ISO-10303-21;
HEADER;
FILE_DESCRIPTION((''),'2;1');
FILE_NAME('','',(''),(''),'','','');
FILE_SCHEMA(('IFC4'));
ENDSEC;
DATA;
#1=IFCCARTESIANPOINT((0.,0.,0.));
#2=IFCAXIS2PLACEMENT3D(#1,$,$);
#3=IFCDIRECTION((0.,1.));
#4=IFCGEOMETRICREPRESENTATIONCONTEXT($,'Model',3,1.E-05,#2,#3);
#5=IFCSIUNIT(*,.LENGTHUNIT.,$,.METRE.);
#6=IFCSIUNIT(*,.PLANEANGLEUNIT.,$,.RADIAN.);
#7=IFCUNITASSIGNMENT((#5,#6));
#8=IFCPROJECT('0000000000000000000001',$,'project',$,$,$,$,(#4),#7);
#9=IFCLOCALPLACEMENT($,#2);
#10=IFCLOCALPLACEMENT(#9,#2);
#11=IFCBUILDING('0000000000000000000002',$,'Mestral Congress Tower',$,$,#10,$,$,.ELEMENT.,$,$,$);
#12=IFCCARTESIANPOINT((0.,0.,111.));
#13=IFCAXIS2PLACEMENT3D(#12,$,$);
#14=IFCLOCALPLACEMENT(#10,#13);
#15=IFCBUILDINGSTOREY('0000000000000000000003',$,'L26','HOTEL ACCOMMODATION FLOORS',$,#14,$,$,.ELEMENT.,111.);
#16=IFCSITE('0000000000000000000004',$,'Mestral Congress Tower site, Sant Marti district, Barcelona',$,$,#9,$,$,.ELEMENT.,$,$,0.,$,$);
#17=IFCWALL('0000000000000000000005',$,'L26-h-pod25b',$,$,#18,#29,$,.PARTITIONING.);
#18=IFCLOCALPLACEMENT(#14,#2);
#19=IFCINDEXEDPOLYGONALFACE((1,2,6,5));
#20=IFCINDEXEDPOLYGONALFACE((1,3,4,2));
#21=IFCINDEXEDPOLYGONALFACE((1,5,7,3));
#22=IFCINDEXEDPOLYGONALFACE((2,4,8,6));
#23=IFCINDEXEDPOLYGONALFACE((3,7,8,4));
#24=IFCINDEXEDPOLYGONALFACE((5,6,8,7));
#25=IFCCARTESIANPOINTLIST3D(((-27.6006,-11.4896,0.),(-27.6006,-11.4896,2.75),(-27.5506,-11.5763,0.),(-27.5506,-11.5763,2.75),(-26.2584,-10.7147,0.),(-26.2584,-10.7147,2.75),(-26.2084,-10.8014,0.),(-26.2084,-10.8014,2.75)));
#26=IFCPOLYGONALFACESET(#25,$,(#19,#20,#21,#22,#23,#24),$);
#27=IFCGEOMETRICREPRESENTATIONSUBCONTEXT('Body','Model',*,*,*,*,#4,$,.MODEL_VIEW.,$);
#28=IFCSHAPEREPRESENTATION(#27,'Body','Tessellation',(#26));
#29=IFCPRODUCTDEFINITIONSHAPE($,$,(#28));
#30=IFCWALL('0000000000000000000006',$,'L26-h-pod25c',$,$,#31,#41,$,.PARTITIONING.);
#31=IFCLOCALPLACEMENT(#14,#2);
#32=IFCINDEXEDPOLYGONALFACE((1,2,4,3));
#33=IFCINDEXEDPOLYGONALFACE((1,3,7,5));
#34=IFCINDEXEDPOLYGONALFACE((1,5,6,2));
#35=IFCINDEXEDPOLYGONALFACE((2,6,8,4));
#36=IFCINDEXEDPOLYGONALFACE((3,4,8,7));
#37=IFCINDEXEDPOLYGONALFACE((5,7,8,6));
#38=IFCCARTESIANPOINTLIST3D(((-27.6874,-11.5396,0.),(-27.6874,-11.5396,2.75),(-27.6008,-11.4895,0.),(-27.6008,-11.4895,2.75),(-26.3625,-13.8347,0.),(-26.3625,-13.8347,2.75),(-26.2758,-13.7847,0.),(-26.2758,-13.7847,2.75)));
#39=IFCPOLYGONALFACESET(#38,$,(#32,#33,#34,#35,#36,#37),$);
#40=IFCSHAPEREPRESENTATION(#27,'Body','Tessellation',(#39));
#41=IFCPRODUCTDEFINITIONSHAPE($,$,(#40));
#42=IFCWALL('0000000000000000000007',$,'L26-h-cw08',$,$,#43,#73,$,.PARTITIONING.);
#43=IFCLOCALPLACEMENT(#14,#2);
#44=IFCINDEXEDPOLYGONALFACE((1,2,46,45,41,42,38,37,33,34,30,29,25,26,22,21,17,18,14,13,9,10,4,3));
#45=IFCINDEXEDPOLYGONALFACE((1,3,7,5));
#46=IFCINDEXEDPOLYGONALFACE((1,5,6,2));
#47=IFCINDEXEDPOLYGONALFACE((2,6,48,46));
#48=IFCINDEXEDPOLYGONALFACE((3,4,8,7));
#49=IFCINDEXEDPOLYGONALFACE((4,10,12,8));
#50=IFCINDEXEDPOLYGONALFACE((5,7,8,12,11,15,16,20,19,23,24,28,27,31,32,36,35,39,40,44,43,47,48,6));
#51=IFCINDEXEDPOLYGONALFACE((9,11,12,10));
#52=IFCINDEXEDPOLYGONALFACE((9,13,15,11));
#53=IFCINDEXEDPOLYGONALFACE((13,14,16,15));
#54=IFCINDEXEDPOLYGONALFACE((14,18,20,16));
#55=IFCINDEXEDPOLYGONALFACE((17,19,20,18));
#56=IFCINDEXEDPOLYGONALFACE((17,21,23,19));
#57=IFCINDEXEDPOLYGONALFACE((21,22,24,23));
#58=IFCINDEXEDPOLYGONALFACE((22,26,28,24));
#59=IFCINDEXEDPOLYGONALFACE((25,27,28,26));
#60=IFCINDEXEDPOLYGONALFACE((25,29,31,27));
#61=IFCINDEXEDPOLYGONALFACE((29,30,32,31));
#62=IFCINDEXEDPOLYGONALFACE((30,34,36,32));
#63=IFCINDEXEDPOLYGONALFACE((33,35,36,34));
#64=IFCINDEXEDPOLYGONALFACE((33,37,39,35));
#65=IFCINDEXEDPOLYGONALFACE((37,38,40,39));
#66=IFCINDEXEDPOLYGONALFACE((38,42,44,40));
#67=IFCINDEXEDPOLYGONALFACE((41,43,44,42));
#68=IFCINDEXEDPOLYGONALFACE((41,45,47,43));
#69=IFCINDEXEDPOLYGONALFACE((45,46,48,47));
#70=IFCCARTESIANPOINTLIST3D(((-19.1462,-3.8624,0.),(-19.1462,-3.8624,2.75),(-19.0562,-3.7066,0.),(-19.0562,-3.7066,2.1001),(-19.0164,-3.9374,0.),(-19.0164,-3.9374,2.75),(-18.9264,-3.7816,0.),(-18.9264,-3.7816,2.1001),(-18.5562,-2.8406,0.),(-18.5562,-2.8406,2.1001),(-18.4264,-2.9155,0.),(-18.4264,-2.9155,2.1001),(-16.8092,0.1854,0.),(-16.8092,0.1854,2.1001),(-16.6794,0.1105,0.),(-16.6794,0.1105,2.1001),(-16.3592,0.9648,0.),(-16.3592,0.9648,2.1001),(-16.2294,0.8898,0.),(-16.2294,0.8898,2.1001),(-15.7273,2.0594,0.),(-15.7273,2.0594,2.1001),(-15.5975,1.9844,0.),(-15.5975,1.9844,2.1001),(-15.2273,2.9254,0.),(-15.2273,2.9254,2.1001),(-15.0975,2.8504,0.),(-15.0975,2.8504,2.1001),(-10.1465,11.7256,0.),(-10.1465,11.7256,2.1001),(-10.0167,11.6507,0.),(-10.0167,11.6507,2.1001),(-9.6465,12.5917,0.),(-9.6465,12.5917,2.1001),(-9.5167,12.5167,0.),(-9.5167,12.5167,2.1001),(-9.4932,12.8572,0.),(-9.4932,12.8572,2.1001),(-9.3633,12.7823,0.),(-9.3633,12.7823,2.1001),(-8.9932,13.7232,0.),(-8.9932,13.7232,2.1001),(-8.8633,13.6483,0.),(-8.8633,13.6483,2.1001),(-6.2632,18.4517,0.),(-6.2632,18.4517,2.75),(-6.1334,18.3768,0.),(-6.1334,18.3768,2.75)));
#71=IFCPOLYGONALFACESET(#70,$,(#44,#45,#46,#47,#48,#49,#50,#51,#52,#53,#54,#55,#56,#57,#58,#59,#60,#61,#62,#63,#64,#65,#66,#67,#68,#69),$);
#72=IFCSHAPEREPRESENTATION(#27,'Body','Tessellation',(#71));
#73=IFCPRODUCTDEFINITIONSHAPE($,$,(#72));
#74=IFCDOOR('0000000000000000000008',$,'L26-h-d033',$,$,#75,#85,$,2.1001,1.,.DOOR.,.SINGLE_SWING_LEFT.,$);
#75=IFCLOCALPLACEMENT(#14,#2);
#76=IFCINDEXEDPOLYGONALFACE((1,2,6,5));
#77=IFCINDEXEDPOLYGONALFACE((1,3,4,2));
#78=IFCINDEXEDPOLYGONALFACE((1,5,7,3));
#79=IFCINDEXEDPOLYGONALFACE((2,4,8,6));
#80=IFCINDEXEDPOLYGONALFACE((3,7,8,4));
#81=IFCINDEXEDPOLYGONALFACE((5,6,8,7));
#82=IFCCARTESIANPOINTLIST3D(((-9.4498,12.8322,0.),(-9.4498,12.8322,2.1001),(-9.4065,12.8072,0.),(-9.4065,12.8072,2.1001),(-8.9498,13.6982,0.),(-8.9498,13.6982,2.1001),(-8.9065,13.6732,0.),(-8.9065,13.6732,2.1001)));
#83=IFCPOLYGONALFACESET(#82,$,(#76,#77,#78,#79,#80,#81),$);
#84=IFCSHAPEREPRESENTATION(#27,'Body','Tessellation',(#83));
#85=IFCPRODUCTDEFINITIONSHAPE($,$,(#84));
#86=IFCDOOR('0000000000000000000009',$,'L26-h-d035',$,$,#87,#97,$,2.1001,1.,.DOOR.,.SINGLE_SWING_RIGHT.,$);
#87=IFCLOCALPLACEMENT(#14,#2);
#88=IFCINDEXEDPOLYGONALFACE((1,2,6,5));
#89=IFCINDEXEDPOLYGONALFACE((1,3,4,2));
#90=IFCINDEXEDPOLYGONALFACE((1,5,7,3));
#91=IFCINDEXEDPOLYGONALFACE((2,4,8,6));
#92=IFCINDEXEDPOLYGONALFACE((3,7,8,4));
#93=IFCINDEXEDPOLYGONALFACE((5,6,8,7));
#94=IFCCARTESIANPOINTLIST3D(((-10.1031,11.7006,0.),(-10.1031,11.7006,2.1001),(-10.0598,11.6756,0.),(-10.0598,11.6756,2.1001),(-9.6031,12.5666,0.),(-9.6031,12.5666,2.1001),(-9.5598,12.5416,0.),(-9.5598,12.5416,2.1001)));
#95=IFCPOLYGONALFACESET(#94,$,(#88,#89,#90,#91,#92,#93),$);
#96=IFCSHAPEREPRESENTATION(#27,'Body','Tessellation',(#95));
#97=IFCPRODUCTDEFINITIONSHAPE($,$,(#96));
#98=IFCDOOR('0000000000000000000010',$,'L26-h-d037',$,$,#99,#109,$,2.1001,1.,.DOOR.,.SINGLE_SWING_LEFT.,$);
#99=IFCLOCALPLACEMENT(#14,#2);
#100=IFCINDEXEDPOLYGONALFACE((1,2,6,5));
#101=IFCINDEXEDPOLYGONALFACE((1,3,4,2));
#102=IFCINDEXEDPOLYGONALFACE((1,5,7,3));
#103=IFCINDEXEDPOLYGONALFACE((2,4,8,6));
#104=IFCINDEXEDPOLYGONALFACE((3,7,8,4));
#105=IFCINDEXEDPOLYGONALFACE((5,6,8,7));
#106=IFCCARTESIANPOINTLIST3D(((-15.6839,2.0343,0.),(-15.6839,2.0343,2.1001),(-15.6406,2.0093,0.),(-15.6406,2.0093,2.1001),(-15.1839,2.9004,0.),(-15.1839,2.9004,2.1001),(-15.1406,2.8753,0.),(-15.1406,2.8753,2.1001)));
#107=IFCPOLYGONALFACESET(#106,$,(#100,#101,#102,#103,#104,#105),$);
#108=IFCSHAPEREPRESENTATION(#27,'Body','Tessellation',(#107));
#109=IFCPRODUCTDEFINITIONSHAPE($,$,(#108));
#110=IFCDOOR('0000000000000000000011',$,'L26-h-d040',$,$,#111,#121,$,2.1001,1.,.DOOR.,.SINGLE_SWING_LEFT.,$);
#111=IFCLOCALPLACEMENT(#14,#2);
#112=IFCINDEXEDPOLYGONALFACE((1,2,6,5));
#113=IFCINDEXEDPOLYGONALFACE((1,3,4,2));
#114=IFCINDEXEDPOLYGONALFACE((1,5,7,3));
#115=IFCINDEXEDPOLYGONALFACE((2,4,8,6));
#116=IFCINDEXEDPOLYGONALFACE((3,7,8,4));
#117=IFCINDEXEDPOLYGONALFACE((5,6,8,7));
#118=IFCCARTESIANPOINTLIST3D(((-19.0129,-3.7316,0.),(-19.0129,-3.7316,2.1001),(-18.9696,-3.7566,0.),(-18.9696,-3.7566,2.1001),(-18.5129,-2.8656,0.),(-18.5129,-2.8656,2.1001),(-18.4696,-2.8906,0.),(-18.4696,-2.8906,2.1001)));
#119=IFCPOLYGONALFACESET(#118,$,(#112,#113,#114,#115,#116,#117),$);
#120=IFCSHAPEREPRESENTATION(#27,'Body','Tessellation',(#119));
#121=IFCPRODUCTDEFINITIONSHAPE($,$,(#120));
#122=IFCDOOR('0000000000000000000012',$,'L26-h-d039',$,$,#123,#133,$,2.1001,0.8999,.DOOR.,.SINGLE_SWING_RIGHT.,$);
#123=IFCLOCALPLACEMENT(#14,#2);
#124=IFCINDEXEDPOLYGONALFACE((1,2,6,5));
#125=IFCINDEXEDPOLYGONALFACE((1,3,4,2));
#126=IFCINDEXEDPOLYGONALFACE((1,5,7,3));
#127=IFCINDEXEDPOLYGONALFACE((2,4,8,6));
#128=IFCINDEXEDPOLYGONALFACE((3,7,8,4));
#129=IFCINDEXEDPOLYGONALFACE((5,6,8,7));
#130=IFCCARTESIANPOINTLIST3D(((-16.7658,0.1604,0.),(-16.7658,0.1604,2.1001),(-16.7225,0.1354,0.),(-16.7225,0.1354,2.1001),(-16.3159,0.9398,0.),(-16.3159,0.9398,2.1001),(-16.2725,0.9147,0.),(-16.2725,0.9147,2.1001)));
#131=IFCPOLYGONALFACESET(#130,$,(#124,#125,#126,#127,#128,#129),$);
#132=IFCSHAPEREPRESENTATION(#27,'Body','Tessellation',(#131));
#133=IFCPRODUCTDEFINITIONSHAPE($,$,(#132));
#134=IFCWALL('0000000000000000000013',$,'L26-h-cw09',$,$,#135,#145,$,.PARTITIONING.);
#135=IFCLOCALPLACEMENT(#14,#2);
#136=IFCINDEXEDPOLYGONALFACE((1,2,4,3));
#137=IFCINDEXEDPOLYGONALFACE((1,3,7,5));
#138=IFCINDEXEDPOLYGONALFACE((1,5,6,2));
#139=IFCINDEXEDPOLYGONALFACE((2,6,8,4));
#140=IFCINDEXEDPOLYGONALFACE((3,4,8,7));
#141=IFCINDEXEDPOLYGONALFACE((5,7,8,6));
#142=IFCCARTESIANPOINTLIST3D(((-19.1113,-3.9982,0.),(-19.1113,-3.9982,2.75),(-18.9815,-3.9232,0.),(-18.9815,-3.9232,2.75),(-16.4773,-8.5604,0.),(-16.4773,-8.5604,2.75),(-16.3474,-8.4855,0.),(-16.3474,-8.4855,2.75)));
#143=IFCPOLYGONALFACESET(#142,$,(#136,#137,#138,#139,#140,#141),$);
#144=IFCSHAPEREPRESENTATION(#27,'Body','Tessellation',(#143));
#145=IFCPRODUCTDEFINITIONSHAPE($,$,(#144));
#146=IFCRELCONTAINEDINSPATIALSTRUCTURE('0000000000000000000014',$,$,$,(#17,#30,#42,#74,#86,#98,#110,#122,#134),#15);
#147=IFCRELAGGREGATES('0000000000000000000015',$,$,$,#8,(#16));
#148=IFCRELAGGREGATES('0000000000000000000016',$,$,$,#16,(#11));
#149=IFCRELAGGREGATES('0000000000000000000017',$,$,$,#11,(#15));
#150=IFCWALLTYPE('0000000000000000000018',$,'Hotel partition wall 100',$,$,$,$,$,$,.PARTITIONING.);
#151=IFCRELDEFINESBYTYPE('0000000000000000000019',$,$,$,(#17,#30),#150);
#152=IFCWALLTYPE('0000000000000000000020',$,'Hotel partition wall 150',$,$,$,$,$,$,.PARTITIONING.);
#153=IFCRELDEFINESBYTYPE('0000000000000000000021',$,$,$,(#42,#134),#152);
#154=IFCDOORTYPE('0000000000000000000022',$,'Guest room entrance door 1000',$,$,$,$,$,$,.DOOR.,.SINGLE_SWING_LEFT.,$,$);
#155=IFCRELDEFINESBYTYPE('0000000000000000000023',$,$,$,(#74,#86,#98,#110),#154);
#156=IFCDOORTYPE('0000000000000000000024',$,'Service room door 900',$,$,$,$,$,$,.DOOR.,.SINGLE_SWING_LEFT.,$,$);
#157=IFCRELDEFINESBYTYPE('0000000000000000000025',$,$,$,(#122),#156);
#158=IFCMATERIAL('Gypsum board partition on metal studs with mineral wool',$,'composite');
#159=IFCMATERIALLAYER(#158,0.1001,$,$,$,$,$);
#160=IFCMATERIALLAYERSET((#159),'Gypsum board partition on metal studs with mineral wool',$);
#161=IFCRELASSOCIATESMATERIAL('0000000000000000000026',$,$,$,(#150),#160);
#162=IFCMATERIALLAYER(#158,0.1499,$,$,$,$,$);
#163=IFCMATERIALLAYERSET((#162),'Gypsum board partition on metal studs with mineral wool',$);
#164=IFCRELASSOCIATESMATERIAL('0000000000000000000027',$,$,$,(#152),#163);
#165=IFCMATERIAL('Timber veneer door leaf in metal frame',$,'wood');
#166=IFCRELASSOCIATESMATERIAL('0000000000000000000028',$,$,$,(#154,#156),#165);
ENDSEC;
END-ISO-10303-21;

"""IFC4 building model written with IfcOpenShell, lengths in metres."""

from ifc_helpers import new_model, si_unit, direction, frame, frame_2d, origin, place, context, subcontext, project, spatial, rectangle, extrude, material, layer, layer_set, type_object, element, fill, save


model = new_model("IFC4")

# Units and contexts
model_context = context("Model", 3, precision=1e-05, world=origin(), true_north=direction((0.0, 1.0)))
body_context = subcontext(model_context, "Body", "Model", "MODEL_VIEW")
ifc_project = project(units=[si_unit("LENGTHUNIT", "METRE"), si_unit("PLANEANGLEUNIT", "RADIAN")], contexts=[model_context])

# Site, building, storey
site_placement = place(None, origin())
site = spatial("IfcSite", under=ifc_project, at=site_placement, Name="Mestral Congress Tower site, Sant Marti district, Barcelona", CompositionType="ELEMENT", RefElevation=0.0)
building_placement = place(site_placement, origin())
building = spatial("IfcBuilding", under=site, at=building_placement, Name="Mestral Congress Tower", CompositionType="ELEMENT")
storey_placement = place(building_placement, frame((0.0, 0.0, 111.0)))
storey = spatial("IfcBuildingStorey", under=building, at=storey_placement, Name="L26", Description="HOTEL ACCOMMODATION FLOORS", CompositionType="ELEMENT", Elevation=111.0)

# Shared definitions
ifc_material_1 = material(Name="Gypsum board partition on metal studs with mineral wool", Category="composite")
ifc_layer_1 = layer(ifc_material_1, 0.1001)
ifc_layer_set_1 = layer_set([ifc_layer_1], Name="Gypsum board partition on metal studs with mineral wool")
wall_type_1 = type_object("IfcWallType", Name="Hotel partition wall 100", PredefinedType="PARTITIONING", material=ifc_layer_set_1)

# Walls
wall_1_placement = place(storey_placement, frame((-26.2334, -10.7581, 0.0), z_axis=(0.0, 0.0, 1.0), x_axis=(-0.866044, -0.499968, 0.0)))
element("IfcWall", 1, at=wall_1_placement, inside=storey, type_object=wall_type_1, Name="L26-h-pod25b", PredefinedType="PARTITIONING", context=body_context, shape_type="SweptSolid", body=[
    extrude(rectangle(XDim=1.5498, YDim=0.1001, at=frame_2d((0.7749, 0.0))), origin(), (0.0, 0.0, 1.0), 2.75),
])
wall_2_placement = place(storey_placement, frame((-26.3191, -13.8098, 0.0), z_axis=(0.0, 0.0, 1.0), x_axis=(-0.499954, 0.866052, 0.0)))
element("IfcWall", 2, at=wall_2_placement, inside=storey, type_object=wall_type_1, Name="L26-h-pod25c", PredefinedType="PARTITIONING", context=body_context, shape_type="SweptSolid", body=[
    extrude(rectangle(XDim=2.6501, YDim=0.1001, at=frame_2d((1.3252, 0.0))), origin(), (0.0, 0.0, 1.0), 2.75),
])

# Wall, openings, doors
ifc_layer_2 = layer(ifc_material_1, 0.1499)
ifc_layer_set_2 = layer_set([ifc_layer_2], Name="Gypsum board partition on metal studs with mineral wool")
wall_type_2 = type_object("IfcWallType", Name="Hotel partition wall 150", PredefinedType="PARTITIONING", material=ifc_layer_set_2)
wall_3_placement = place(storey_placement, frame((-19.0813, -3.8999, 0.0), z_axis=(0.0, 0.0, 1.0), x_axis=(0.499998, 0.866026, 0.0)))
wall_3 = element("IfcWall", 3, at=wall_3_placement, inside=storey, type_object=wall_type_2, Name="L26-h-cw08", PredefinedType="PARTITIONING", context=body_context, shape_type="SweptSolid", body=[
    extrude(rectangle(XDim=25.7661, YDim=0.1499, at=frame_2d((12.8831, 0.0))), origin(), (0.0, 0.0, 1.0), 2.75),
])
opening_1_placement = place(wall_3_placement, frame((19.3062, 0.0, 0.0)))
opening_1 = element("IfcOpeningElement", 4, at=opening_1_placement, cuts=wall_3, PredefinedType="OPENING", context=body_context, shape_type="SweptSolid", body=[
    extrude(rectangle(XDim=1.0, YDim=2.1001, at=frame_2d((0.5, 1.05))), frame((0.0, 0.085, 0.0), z_axis=(0.0, -1.0, 0.0), x_axis=(1.0, 0.0, 0.0)), (0.0, 0.0, 1.0), 0.1699),
])
opening_2_placement = place(wall_3_placement, frame((17.9995, 0.0, 0.0)))
opening_2 = element("IfcOpeningElement", 5, at=opening_2_placement, cuts=wall_3, PredefinedType="OPENING", context=body_context, shape_type="SweptSolid", body=[
    extrude(rectangle(XDim=1.0, YDim=2.1001, at=frame_2d((0.5, 1.05))), frame((0.0, 0.085, 0.0), z_axis=(0.0, -1.0, 0.0), x_axis=(1.0, 0.0, 0.0)), (0.0, 0.0, 1.0), 0.1699),
])
opening_3_placement = place(wall_3_placement, frame((6.8379, 0.0, 0.0)))
opening_3 = element("IfcOpeningElement", 6, at=opening_3_placement, cuts=wall_3, PredefinedType="OPENING", context=body_context, shape_type="SweptSolid", body=[
    extrude(rectangle(XDim=1.0, YDim=2.1001, at=frame_2d((0.5, 1.05))), frame((0.0, 0.085, 0.0), z_axis=(0.0, -1.0, 0.0), x_axis=(1.0, 0.0, 0.0)), (0.0, 0.0, 1.0), 0.1699),
])
opening_4_placement = place(wall_3_placement, frame((4.6741, 0.0, 0.0)))
opening_4 = element("IfcOpeningElement", 7, at=opening_4_placement, cuts=wall_3, PredefinedType="OPENING", context=body_context, shape_type="SweptSolid", body=[
    extrude(rectangle(XDim=0.8999, YDim=2.1001, at=frame_2d((0.45, 1.05))), frame((0.0, 0.085, 0.0), z_axis=(0.0, -1.0, 0.0), x_axis=(1.0, 0.0, 0.0)), (0.0, 0.0, 1.0), 0.1699),
])
opening_5_placement = place(wall_3_placement, frame((0.1799, 0.0, 0.0)))
opening_5 = element("IfcOpeningElement", 8, at=opening_5_placement, cuts=wall_3, PredefinedType="OPENING", context=body_context, shape_type="SweptSolid", body=[
    extrude(rectangle(XDim=1.0, YDim=2.1001, at=frame_2d((0.5, 1.05))), frame((0.0, 0.085, 0.0), z_axis=(0.0, -1.0, 0.0), x_axis=(1.0, 0.0, 0.0)), (0.0, 0.0, 1.0), 0.1699),
])
ifc_material_2 = material(Name="Timber veneer door leaf in metal frame", Category="wood")
door_type_1 = type_object("IfcDoorType", Name="Guest room entrance door 1000", OperationType="SINGLE_SWING_LEFT", PredefinedType="DOOR", material=ifc_material_2)
door_1_placement = place(opening_1_placement, origin())
door_1 = element("IfcDoor", 9, at=door_1_placement, inside=storey, type_object=door_type_1, Name="L26-h-d033", OperationType="SINGLE_SWING_LEFT", OverallHeight=2.1001, OverallWidth=1.0, PredefinedType="DOOR", context=body_context, shape_type="SweptSolid", body=[
    extrude(rectangle(XDim=1.0, YDim=2.1001, at=frame_2d((0.5, 1.05))), frame((0.0, 0.0249, 0.0), z_axis=(0.0, -1.0, 0.0), x_axis=(1.0, 0.0, 0.0)), (0.0, 0.0, 1.0), 0.05),
])
fill(opening_1, door_1)
door_2_placement = place(opening_2_placement, origin())
door_2 = element("IfcDoor", 10, at=door_2_placement, inside=storey, type_object=door_type_1, Name="L26-h-d035", OperationType="SINGLE_SWING_RIGHT", OverallHeight=2.1001, OverallWidth=1.0, PredefinedType="DOOR", context=body_context, shape_type="SweptSolid", body=[
    extrude(rectangle(XDim=1.0, YDim=2.1001, at=frame_2d((0.5, 1.05))), frame((0.0, 0.0249, 0.0), z_axis=(0.0, -1.0, 0.0), x_axis=(1.0, 0.0, 0.0)), (0.0, 0.0, 1.0), 0.05),
])
fill(opening_2, door_2)
door_3_placement = place(opening_3_placement, origin())
door_3 = element("IfcDoor", 11, at=door_3_placement, inside=storey, type_object=door_type_1, Name="L26-h-d037", OperationType="SINGLE_SWING_LEFT", OverallHeight=2.1001, OverallWidth=1.0, PredefinedType="DOOR", context=body_context, shape_type="SweptSolid", body=[
    extrude(rectangle(XDim=1.0, YDim=2.1001, at=frame_2d((0.5, 1.05))), frame((0.0, 0.0249, 0.0), z_axis=(0.0, -1.0, 0.0), x_axis=(1.0, 0.0, 0.0)), (0.0, 0.0, 1.0), 0.05),
])
fill(opening_3, door_3)
door_4_placement = place(opening_5_placement, origin())
door_4 = element("IfcDoor", 12, at=door_4_placement, inside=storey, type_object=door_type_1, Name="L26-h-d040", OperationType="SINGLE_SWING_LEFT", OverallHeight=2.1001, OverallWidth=1.0, PredefinedType="DOOR", context=body_context, shape_type="SweptSolid", body=[
    extrude(rectangle(XDim=1.0, YDim=2.1001, at=frame_2d((0.5, 1.05))), frame((0.0, 0.0249, 0.0), z_axis=(0.0, -1.0, 0.0), x_axis=(1.0, 0.0, 0.0)), (0.0, 0.0, 1.0), 0.05),
])
fill(opening_5, door_4)
door_type_2 = type_object("IfcDoorType", Name="Service room door 900", OperationType="SINGLE_SWING_LEFT", PredefinedType="DOOR", material=ifc_material_2)
door_5_placement = place(opening_4_placement, origin())
door_5 = element("IfcDoor", 13, at=door_5_placement, inside=storey, type_object=door_type_2, Name="L26-h-d039", OperationType="SINGLE_SWING_RIGHT", OverallHeight=2.1001, OverallWidth=0.8999, PredefinedType="DOOR", context=body_context, shape_type="SweptSolid", body=[
    extrude(rectangle(XDim=0.8999, YDim=2.1001, at=frame_2d((0.45, 1.05))), frame((0.0, 0.0249, 0.0), z_axis=(0.0, -1.0, 0.0), x_axis=(1.0, 0.0, 0.0)), (0.0, 0.0, 1.0), 0.05),
])
fill(opening_4, door_5)

# Wall
wall_4_placement = place(storey_placement, frame((-16.4124, -8.5229, 0.0), z_axis=(0.0, 0.0, 1.0), x_axis=(-0.500002, 0.866024, 0.0)))
element("IfcWall", 14, at=wall_4_placement, inside=storey, type_object=wall_type_2, Name="L26-h-cw09", PredefinedType="PARTITIONING", context=body_context, shape_type="SweptSolid", body=[
    extrude(rectangle(XDim=5.2681, YDim=0.1499, at=frame_2d((2.634, 0.0))), origin(), (0.0, 0.0, 1.0), 2.75),
])

save(model, "model.ifc")
